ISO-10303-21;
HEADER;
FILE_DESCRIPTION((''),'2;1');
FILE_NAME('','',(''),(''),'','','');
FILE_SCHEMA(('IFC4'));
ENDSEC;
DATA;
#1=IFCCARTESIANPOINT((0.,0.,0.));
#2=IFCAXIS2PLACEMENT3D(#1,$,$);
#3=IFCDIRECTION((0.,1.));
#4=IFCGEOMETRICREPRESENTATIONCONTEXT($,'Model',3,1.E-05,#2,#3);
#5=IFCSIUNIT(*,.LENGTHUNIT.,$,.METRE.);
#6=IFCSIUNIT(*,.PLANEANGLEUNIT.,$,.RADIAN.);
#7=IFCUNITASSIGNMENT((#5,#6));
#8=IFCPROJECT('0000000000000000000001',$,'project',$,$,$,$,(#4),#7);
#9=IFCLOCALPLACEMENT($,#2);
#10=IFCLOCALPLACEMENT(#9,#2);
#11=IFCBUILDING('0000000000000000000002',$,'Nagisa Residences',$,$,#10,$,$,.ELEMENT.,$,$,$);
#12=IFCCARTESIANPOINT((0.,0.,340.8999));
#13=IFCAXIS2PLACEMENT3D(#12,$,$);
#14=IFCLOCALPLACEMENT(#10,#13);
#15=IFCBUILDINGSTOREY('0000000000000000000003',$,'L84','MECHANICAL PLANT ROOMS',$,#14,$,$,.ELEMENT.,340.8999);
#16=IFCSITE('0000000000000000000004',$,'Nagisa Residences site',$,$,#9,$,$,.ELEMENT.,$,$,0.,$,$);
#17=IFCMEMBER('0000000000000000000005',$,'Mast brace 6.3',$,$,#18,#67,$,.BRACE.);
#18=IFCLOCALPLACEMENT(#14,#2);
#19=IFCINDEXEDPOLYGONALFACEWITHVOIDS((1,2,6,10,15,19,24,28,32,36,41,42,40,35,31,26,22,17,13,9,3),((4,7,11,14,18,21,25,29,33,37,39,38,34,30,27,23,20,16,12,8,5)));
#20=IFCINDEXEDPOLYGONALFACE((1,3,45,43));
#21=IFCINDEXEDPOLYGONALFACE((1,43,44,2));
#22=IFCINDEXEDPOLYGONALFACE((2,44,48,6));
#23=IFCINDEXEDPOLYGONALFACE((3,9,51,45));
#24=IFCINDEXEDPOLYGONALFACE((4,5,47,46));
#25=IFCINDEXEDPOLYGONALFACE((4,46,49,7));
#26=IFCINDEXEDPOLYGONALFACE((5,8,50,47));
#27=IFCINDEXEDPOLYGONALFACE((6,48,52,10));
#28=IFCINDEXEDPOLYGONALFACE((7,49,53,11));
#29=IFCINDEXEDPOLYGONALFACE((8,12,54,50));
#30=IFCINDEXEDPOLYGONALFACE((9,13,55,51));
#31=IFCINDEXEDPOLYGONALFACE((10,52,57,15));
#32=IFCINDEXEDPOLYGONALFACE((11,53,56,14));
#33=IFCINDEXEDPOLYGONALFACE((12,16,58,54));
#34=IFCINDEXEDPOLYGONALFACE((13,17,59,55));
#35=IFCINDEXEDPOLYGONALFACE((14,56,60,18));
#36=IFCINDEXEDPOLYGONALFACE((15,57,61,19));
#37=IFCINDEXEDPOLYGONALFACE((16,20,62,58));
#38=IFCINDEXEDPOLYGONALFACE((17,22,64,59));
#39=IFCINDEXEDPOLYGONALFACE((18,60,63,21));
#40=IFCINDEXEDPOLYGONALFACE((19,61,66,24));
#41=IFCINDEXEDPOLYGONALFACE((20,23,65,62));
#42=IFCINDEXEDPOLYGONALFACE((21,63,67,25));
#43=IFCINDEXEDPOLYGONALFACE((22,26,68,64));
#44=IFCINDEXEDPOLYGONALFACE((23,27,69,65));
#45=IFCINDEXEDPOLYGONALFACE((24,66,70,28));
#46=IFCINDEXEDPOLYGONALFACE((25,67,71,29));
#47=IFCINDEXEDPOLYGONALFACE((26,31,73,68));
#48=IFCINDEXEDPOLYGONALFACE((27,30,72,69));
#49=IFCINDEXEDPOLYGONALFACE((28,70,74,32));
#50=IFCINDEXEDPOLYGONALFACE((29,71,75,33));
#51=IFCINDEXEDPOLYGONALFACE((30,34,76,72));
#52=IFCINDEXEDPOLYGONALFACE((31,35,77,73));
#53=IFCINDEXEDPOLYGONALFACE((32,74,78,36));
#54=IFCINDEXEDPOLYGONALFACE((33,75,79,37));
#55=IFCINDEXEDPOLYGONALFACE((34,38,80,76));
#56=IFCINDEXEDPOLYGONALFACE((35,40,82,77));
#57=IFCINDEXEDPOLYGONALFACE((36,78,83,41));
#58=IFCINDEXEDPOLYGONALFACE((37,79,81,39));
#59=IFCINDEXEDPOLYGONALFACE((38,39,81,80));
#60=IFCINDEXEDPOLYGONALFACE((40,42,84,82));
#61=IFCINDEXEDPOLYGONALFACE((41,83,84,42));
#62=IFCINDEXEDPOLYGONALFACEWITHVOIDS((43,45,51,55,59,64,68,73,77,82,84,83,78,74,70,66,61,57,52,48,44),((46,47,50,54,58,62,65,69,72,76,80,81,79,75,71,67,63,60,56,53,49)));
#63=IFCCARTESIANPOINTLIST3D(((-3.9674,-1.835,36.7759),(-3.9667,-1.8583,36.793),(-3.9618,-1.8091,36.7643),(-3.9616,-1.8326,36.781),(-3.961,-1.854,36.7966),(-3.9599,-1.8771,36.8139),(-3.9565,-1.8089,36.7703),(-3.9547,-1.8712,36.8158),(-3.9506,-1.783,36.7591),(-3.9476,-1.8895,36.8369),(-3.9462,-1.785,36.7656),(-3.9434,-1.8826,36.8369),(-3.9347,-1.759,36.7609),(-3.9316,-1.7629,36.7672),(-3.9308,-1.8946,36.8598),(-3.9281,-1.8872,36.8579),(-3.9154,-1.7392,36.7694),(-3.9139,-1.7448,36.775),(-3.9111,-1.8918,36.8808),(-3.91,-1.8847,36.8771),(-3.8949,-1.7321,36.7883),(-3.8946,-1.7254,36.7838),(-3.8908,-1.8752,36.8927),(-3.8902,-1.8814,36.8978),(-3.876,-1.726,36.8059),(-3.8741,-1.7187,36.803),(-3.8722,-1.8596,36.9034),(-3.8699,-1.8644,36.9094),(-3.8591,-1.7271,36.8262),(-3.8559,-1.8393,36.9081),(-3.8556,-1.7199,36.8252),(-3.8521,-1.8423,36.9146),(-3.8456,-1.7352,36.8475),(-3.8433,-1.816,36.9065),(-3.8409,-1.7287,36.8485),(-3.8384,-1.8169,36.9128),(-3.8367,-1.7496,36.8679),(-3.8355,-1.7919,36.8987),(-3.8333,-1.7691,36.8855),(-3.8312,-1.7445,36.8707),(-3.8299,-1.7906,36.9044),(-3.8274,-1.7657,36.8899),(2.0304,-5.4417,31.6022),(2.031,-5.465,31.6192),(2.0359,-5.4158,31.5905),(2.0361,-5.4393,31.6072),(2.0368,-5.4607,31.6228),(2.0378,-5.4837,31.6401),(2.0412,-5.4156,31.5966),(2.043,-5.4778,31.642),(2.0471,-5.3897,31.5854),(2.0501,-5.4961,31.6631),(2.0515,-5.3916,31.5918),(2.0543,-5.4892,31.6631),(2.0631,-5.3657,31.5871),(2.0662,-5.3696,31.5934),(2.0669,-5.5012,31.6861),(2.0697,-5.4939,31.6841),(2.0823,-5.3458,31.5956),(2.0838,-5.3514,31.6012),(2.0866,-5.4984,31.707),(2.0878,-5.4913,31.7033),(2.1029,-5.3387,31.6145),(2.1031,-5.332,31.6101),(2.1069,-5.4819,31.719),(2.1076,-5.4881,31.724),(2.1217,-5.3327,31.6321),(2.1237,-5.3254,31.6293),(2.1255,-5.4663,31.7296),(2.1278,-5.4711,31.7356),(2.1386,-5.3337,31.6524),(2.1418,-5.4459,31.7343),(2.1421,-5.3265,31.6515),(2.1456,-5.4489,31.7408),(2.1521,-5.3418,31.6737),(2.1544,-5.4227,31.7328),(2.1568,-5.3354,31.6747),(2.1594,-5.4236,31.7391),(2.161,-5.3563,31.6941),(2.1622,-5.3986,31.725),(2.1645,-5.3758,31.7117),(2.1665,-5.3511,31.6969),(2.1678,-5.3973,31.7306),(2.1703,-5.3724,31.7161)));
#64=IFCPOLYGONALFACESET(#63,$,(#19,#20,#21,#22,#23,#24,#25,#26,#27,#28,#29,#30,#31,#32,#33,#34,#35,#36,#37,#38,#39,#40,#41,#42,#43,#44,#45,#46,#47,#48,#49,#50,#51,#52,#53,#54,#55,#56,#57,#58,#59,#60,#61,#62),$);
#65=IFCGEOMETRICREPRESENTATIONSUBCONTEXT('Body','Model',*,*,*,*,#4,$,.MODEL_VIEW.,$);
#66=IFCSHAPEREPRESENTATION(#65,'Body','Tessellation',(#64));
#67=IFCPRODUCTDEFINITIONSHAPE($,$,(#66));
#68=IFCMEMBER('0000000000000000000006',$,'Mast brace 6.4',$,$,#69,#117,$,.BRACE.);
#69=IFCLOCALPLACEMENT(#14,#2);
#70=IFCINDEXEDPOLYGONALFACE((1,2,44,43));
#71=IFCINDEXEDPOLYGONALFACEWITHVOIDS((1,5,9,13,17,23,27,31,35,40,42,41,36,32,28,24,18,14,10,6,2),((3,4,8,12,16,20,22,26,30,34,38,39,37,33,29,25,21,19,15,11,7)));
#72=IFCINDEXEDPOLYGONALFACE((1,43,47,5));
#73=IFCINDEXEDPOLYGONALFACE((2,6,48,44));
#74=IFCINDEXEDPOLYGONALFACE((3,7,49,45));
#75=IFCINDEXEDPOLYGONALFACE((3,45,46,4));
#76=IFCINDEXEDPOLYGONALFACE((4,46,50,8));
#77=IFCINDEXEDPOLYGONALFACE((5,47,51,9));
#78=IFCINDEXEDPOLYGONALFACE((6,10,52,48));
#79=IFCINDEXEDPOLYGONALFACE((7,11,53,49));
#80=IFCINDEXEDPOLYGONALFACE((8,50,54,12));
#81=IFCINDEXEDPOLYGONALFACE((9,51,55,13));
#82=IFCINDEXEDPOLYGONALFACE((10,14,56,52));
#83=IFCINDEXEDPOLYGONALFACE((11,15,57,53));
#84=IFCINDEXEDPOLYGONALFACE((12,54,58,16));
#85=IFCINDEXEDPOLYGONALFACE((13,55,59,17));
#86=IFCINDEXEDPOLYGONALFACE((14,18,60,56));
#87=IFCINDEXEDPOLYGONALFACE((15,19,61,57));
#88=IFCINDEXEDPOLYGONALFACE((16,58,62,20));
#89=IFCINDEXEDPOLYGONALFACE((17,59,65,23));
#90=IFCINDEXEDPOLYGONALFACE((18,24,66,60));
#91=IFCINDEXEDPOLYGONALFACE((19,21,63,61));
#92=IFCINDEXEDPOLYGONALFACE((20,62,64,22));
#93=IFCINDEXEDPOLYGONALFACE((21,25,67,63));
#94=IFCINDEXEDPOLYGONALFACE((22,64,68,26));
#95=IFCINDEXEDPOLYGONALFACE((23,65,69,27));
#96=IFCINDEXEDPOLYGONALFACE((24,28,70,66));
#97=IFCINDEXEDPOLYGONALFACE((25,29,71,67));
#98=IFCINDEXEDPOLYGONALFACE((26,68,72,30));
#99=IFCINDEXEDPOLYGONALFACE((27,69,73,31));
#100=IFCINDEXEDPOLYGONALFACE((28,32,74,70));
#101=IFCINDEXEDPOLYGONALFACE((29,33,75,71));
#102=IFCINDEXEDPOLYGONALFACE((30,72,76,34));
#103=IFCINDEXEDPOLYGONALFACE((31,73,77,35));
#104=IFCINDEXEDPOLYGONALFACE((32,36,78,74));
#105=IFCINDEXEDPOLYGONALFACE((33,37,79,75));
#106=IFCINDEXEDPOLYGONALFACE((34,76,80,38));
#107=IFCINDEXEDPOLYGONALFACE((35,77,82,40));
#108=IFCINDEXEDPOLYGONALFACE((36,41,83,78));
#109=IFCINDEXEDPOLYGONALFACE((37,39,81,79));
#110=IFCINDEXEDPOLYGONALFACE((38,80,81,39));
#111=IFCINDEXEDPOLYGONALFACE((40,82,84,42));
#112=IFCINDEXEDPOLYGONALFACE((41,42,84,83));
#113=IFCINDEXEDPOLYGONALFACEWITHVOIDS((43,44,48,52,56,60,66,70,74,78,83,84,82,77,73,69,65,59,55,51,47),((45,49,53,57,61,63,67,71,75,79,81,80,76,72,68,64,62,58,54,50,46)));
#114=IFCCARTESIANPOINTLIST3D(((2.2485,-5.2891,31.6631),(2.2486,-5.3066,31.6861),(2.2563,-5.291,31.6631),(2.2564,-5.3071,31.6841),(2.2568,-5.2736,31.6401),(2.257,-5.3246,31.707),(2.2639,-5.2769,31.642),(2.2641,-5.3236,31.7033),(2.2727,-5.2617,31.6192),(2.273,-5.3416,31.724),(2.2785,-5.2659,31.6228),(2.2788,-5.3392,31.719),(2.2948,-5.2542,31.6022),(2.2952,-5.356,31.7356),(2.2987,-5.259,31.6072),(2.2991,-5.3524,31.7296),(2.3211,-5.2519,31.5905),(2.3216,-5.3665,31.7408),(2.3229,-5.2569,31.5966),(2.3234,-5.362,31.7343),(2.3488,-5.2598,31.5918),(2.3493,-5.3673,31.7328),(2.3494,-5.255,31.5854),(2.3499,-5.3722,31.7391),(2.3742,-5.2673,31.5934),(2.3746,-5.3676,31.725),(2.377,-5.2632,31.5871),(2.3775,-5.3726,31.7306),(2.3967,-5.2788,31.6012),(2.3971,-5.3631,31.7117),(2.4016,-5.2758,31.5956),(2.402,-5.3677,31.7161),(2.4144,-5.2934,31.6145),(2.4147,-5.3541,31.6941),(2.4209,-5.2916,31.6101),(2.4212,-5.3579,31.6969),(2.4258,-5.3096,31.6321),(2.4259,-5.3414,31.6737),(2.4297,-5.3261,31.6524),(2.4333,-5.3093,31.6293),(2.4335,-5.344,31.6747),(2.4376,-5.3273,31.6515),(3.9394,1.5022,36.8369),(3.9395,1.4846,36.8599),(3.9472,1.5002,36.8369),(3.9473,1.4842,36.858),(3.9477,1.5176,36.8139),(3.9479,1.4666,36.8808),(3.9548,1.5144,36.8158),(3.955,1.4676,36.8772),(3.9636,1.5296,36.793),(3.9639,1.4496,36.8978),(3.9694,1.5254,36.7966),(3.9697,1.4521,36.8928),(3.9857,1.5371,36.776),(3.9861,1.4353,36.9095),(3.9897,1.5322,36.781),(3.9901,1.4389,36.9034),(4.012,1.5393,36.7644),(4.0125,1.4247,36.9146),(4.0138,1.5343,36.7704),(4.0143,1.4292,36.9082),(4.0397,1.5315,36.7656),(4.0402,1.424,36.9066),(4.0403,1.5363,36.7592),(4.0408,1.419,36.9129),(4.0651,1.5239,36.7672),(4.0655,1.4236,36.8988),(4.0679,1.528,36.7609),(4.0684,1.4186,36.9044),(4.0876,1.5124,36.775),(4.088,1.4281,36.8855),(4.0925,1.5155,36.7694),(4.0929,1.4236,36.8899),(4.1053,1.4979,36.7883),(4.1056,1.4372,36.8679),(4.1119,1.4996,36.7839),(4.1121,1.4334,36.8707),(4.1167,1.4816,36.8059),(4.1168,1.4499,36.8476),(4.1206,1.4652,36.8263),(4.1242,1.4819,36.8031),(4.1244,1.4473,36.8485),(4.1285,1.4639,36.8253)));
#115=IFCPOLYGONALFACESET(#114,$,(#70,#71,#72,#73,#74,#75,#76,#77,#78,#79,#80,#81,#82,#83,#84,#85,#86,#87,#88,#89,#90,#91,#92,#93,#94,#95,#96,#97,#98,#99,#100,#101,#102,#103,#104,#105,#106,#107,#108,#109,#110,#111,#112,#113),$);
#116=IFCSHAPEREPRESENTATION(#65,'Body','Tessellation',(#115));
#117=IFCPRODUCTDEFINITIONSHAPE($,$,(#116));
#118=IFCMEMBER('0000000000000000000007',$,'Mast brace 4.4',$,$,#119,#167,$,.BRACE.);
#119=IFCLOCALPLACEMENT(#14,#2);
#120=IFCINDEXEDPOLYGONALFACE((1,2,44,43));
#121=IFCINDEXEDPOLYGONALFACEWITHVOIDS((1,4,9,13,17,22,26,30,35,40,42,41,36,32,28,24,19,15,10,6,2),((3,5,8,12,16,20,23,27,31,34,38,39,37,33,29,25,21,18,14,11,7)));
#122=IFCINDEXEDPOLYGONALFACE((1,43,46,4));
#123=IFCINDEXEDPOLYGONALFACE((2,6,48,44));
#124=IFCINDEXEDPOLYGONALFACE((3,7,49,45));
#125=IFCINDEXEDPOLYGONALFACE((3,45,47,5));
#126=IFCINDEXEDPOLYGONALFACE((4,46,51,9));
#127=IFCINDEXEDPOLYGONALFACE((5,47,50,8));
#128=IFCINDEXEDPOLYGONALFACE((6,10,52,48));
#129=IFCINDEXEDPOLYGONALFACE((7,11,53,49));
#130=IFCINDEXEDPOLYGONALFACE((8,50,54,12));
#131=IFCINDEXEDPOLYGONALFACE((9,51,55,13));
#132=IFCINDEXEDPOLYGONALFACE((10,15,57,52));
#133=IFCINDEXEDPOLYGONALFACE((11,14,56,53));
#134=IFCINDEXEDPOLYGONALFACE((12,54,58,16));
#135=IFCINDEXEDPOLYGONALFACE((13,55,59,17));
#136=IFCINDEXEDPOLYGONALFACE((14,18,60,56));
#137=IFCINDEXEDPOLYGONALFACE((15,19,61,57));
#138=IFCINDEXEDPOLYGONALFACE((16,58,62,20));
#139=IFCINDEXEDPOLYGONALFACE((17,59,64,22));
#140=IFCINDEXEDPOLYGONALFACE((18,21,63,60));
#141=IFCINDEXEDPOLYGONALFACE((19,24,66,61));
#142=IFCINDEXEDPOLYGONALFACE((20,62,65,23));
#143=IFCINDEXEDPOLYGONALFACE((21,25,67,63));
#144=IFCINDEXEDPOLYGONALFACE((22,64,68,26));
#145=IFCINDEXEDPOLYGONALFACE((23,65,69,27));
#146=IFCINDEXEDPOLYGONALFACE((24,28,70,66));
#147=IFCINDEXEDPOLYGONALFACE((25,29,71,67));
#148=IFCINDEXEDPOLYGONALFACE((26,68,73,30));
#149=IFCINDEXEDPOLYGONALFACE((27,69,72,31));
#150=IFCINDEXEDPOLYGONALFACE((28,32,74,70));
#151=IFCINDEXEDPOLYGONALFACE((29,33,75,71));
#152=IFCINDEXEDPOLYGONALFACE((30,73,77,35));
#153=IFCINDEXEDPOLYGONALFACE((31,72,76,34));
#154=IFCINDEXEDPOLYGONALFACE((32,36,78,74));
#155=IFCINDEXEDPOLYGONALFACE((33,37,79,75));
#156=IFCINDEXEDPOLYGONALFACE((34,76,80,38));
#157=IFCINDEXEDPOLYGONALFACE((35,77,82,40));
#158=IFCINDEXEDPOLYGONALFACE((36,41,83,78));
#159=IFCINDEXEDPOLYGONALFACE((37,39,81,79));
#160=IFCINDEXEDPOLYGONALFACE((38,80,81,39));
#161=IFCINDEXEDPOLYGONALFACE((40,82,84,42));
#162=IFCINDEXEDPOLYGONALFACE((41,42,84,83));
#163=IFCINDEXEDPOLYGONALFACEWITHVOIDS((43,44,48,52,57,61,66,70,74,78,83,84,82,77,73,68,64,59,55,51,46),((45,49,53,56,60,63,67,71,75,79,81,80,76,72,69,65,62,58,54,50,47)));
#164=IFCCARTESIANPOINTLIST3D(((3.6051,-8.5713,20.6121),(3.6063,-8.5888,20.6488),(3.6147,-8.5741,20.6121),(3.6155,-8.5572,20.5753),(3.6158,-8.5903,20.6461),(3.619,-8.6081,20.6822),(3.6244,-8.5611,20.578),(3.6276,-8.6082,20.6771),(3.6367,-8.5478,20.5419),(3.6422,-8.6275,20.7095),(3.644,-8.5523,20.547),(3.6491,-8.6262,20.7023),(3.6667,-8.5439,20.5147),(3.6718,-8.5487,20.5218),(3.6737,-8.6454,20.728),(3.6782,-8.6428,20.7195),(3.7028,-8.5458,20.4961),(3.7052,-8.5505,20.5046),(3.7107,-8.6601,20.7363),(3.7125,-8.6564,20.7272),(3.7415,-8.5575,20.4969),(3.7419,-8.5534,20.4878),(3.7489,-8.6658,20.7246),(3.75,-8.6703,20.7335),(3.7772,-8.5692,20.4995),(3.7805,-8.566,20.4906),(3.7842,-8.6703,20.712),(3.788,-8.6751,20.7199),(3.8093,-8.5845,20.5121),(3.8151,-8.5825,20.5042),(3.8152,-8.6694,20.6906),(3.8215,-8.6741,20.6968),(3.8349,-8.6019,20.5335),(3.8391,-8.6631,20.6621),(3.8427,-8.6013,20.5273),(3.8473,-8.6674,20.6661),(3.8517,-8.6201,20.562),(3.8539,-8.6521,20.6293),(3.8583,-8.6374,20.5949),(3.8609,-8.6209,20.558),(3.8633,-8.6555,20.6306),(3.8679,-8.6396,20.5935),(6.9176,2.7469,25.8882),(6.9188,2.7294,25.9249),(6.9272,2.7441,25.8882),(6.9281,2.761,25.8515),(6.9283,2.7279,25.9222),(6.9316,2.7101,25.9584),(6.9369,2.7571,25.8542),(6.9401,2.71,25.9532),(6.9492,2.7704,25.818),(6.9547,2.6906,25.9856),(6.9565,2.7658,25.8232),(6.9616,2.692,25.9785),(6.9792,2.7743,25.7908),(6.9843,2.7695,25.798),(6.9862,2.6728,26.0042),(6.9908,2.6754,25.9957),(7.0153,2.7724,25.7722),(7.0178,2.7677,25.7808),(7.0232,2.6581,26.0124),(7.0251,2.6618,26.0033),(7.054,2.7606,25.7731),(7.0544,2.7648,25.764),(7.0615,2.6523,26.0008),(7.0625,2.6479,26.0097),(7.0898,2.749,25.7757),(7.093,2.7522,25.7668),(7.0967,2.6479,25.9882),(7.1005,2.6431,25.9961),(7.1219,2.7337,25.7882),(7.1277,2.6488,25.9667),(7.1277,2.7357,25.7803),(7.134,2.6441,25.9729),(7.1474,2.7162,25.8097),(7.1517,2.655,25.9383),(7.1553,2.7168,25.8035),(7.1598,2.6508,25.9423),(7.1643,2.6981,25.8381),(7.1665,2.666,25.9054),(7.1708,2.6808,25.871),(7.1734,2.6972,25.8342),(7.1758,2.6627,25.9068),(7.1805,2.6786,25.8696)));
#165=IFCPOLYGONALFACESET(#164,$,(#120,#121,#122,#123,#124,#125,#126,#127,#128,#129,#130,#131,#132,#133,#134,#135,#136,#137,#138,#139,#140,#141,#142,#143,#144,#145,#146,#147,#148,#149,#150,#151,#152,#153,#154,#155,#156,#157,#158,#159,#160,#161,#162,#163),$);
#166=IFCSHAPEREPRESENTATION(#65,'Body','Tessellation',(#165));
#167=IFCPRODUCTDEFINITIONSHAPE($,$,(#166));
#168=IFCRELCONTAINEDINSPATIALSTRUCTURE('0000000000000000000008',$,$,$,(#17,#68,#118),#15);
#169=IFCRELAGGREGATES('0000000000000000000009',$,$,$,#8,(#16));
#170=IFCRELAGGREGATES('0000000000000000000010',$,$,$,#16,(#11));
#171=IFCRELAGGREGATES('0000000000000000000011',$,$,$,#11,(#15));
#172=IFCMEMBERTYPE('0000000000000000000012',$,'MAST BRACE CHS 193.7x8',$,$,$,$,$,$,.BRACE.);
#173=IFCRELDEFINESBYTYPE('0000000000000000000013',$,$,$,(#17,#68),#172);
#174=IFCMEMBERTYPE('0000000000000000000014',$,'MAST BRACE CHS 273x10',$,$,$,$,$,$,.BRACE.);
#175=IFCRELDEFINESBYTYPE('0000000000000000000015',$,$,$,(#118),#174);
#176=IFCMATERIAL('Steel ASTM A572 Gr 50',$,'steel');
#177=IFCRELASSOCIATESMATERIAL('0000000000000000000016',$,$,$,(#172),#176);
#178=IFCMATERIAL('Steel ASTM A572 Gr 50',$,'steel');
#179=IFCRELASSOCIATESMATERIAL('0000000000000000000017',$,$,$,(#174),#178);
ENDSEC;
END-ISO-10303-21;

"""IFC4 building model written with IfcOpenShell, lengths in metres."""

from ifc_helpers import new_model, si_unit, direction, frame, origin, origin_2d, place, context, subcontext, project, spatial, hollow_circle, extrude, material, material_profile, profile_set, type_object, element, save


model = new_model("IFC4")

# Units and contexts
model_context = context("Model", 3, precision=1e-05, world=origin(), true_north=direction((0.0, 1.0)))
body_context = subcontext(model_context, "Body", "Model", "MODEL_VIEW")
ifc_project = project(units=[si_unit("LENGTHUNIT", "METRE"), si_unit("PLANEANGLEUNIT", "RADIAN")], contexts=[model_context])

# Site, building, storey
site_placement = place(None, origin())
site = spatial("IfcSite", under=ifc_project, at=site_placement, Name="Nagisa Residences site", CompositionType="ELEMENT", RefElevation=0.0)
building_placement = place(site_placement, origin())
building = spatial("IfcBuilding", under=site, at=building_placement, Name="Nagisa Residences", CompositionType="ELEMENT")
storey_placement = place(building_placement, frame((0.0, 0.0, 340.8999)))
storey = spatial("IfcBuildingStorey", under=building, at=storey_placement, Name="L84", Description="MECHANICAL PLANT ROOMS", CompositionType="ELEMENT", Elevation=340.8999)

# Members
ifc_material_1 = material(Name="Steel ASTM A572 Gr 50", Category="steel")
ifc_material_profile_1 = material_profile(ifc_material_1, hollow_circle(Radius=0.0969, WallThickness=0.0081, at=origin_2d()), Name="MAST BRACE CHS 193.7x8")
ifc_profile_set_1 = profile_set([ifc_material_profile_1], Name="Steel ASTM A572 Gr 50")
member_type_1 = type_object("IfcMemberType", Name="MAST BRACE CHS 193.7x8", PredefinedType="BRACE", material=ifc_profile_set_1)
for number, where, z_axis, x_axis, name in (
    (1, (2.1001, -5.4131, 31.6631), (-0.689128, 0.414397, 0.594456), (-0.515337, -0.856988, 0.0), "Mast brace 6.3"),
    (2, (2.3425, -5.3125, 31.6631), (0.194283, 0.780301, 0.594462), (-0.970374, 0.241608, 0.0), "Mast brace 6.4"),
):
    element("IfcMember", number, at=place(storey_placement, frame(where, z_axis=z_axis, x_axis=x_axis)), inside=storey, type_object=member_type_1, Name=name, PredefinedType="BRACE", context=body_context, shape_type="SweptSolid", body=[
        extrude(hollow_circle(Radius=0.0969, WallThickness=0.0081, at=origin_2d()), origin(), (0.0, 0.0, 1.0), 8.7034),
    ])
ifc_material_2 = material(Name="Steel ASTM A572 Gr 50", Category="steel")
ifc_material_profile_2 = material_profile(ifc_material_2, hollow_circle(Radius=0.1365, WallThickness=0.01, at=origin_2d()), Name="MAST BRACE CHS 273x10")
ifc_profile_set_2 = profile_set([ifc_material_profile_2], Name="Steel ASTM A572 Gr 50")
member_type_2 = type_object("IfcMemberType", Name="MAST BRACE CHS 273x10", PredefinedType="BRACE", material=ifc_profile_set_2)
member_1_placement = place(storey_placement, frame((3.7361, -8.6096, 20.6121), z_axis=(0.256398, 0.876059, 0.408389), x_axis=(-0.95974, 0.280889, 0.0)))
element("IfcMember", 3, at=member_1_placement, inside=storey, type_object=member_type_2, Name="Mast brace 4.4", PredefinedType="BRACE", context=body_context, shape_type="SweptSolid", body=[
    extrude(hollow_circle(Radius=0.1365, WallThickness=0.01, at=origin_2d()), origin(), (0.0, 0.0, 1.0), 12.9194),
])

save(model, "model.ifc")
